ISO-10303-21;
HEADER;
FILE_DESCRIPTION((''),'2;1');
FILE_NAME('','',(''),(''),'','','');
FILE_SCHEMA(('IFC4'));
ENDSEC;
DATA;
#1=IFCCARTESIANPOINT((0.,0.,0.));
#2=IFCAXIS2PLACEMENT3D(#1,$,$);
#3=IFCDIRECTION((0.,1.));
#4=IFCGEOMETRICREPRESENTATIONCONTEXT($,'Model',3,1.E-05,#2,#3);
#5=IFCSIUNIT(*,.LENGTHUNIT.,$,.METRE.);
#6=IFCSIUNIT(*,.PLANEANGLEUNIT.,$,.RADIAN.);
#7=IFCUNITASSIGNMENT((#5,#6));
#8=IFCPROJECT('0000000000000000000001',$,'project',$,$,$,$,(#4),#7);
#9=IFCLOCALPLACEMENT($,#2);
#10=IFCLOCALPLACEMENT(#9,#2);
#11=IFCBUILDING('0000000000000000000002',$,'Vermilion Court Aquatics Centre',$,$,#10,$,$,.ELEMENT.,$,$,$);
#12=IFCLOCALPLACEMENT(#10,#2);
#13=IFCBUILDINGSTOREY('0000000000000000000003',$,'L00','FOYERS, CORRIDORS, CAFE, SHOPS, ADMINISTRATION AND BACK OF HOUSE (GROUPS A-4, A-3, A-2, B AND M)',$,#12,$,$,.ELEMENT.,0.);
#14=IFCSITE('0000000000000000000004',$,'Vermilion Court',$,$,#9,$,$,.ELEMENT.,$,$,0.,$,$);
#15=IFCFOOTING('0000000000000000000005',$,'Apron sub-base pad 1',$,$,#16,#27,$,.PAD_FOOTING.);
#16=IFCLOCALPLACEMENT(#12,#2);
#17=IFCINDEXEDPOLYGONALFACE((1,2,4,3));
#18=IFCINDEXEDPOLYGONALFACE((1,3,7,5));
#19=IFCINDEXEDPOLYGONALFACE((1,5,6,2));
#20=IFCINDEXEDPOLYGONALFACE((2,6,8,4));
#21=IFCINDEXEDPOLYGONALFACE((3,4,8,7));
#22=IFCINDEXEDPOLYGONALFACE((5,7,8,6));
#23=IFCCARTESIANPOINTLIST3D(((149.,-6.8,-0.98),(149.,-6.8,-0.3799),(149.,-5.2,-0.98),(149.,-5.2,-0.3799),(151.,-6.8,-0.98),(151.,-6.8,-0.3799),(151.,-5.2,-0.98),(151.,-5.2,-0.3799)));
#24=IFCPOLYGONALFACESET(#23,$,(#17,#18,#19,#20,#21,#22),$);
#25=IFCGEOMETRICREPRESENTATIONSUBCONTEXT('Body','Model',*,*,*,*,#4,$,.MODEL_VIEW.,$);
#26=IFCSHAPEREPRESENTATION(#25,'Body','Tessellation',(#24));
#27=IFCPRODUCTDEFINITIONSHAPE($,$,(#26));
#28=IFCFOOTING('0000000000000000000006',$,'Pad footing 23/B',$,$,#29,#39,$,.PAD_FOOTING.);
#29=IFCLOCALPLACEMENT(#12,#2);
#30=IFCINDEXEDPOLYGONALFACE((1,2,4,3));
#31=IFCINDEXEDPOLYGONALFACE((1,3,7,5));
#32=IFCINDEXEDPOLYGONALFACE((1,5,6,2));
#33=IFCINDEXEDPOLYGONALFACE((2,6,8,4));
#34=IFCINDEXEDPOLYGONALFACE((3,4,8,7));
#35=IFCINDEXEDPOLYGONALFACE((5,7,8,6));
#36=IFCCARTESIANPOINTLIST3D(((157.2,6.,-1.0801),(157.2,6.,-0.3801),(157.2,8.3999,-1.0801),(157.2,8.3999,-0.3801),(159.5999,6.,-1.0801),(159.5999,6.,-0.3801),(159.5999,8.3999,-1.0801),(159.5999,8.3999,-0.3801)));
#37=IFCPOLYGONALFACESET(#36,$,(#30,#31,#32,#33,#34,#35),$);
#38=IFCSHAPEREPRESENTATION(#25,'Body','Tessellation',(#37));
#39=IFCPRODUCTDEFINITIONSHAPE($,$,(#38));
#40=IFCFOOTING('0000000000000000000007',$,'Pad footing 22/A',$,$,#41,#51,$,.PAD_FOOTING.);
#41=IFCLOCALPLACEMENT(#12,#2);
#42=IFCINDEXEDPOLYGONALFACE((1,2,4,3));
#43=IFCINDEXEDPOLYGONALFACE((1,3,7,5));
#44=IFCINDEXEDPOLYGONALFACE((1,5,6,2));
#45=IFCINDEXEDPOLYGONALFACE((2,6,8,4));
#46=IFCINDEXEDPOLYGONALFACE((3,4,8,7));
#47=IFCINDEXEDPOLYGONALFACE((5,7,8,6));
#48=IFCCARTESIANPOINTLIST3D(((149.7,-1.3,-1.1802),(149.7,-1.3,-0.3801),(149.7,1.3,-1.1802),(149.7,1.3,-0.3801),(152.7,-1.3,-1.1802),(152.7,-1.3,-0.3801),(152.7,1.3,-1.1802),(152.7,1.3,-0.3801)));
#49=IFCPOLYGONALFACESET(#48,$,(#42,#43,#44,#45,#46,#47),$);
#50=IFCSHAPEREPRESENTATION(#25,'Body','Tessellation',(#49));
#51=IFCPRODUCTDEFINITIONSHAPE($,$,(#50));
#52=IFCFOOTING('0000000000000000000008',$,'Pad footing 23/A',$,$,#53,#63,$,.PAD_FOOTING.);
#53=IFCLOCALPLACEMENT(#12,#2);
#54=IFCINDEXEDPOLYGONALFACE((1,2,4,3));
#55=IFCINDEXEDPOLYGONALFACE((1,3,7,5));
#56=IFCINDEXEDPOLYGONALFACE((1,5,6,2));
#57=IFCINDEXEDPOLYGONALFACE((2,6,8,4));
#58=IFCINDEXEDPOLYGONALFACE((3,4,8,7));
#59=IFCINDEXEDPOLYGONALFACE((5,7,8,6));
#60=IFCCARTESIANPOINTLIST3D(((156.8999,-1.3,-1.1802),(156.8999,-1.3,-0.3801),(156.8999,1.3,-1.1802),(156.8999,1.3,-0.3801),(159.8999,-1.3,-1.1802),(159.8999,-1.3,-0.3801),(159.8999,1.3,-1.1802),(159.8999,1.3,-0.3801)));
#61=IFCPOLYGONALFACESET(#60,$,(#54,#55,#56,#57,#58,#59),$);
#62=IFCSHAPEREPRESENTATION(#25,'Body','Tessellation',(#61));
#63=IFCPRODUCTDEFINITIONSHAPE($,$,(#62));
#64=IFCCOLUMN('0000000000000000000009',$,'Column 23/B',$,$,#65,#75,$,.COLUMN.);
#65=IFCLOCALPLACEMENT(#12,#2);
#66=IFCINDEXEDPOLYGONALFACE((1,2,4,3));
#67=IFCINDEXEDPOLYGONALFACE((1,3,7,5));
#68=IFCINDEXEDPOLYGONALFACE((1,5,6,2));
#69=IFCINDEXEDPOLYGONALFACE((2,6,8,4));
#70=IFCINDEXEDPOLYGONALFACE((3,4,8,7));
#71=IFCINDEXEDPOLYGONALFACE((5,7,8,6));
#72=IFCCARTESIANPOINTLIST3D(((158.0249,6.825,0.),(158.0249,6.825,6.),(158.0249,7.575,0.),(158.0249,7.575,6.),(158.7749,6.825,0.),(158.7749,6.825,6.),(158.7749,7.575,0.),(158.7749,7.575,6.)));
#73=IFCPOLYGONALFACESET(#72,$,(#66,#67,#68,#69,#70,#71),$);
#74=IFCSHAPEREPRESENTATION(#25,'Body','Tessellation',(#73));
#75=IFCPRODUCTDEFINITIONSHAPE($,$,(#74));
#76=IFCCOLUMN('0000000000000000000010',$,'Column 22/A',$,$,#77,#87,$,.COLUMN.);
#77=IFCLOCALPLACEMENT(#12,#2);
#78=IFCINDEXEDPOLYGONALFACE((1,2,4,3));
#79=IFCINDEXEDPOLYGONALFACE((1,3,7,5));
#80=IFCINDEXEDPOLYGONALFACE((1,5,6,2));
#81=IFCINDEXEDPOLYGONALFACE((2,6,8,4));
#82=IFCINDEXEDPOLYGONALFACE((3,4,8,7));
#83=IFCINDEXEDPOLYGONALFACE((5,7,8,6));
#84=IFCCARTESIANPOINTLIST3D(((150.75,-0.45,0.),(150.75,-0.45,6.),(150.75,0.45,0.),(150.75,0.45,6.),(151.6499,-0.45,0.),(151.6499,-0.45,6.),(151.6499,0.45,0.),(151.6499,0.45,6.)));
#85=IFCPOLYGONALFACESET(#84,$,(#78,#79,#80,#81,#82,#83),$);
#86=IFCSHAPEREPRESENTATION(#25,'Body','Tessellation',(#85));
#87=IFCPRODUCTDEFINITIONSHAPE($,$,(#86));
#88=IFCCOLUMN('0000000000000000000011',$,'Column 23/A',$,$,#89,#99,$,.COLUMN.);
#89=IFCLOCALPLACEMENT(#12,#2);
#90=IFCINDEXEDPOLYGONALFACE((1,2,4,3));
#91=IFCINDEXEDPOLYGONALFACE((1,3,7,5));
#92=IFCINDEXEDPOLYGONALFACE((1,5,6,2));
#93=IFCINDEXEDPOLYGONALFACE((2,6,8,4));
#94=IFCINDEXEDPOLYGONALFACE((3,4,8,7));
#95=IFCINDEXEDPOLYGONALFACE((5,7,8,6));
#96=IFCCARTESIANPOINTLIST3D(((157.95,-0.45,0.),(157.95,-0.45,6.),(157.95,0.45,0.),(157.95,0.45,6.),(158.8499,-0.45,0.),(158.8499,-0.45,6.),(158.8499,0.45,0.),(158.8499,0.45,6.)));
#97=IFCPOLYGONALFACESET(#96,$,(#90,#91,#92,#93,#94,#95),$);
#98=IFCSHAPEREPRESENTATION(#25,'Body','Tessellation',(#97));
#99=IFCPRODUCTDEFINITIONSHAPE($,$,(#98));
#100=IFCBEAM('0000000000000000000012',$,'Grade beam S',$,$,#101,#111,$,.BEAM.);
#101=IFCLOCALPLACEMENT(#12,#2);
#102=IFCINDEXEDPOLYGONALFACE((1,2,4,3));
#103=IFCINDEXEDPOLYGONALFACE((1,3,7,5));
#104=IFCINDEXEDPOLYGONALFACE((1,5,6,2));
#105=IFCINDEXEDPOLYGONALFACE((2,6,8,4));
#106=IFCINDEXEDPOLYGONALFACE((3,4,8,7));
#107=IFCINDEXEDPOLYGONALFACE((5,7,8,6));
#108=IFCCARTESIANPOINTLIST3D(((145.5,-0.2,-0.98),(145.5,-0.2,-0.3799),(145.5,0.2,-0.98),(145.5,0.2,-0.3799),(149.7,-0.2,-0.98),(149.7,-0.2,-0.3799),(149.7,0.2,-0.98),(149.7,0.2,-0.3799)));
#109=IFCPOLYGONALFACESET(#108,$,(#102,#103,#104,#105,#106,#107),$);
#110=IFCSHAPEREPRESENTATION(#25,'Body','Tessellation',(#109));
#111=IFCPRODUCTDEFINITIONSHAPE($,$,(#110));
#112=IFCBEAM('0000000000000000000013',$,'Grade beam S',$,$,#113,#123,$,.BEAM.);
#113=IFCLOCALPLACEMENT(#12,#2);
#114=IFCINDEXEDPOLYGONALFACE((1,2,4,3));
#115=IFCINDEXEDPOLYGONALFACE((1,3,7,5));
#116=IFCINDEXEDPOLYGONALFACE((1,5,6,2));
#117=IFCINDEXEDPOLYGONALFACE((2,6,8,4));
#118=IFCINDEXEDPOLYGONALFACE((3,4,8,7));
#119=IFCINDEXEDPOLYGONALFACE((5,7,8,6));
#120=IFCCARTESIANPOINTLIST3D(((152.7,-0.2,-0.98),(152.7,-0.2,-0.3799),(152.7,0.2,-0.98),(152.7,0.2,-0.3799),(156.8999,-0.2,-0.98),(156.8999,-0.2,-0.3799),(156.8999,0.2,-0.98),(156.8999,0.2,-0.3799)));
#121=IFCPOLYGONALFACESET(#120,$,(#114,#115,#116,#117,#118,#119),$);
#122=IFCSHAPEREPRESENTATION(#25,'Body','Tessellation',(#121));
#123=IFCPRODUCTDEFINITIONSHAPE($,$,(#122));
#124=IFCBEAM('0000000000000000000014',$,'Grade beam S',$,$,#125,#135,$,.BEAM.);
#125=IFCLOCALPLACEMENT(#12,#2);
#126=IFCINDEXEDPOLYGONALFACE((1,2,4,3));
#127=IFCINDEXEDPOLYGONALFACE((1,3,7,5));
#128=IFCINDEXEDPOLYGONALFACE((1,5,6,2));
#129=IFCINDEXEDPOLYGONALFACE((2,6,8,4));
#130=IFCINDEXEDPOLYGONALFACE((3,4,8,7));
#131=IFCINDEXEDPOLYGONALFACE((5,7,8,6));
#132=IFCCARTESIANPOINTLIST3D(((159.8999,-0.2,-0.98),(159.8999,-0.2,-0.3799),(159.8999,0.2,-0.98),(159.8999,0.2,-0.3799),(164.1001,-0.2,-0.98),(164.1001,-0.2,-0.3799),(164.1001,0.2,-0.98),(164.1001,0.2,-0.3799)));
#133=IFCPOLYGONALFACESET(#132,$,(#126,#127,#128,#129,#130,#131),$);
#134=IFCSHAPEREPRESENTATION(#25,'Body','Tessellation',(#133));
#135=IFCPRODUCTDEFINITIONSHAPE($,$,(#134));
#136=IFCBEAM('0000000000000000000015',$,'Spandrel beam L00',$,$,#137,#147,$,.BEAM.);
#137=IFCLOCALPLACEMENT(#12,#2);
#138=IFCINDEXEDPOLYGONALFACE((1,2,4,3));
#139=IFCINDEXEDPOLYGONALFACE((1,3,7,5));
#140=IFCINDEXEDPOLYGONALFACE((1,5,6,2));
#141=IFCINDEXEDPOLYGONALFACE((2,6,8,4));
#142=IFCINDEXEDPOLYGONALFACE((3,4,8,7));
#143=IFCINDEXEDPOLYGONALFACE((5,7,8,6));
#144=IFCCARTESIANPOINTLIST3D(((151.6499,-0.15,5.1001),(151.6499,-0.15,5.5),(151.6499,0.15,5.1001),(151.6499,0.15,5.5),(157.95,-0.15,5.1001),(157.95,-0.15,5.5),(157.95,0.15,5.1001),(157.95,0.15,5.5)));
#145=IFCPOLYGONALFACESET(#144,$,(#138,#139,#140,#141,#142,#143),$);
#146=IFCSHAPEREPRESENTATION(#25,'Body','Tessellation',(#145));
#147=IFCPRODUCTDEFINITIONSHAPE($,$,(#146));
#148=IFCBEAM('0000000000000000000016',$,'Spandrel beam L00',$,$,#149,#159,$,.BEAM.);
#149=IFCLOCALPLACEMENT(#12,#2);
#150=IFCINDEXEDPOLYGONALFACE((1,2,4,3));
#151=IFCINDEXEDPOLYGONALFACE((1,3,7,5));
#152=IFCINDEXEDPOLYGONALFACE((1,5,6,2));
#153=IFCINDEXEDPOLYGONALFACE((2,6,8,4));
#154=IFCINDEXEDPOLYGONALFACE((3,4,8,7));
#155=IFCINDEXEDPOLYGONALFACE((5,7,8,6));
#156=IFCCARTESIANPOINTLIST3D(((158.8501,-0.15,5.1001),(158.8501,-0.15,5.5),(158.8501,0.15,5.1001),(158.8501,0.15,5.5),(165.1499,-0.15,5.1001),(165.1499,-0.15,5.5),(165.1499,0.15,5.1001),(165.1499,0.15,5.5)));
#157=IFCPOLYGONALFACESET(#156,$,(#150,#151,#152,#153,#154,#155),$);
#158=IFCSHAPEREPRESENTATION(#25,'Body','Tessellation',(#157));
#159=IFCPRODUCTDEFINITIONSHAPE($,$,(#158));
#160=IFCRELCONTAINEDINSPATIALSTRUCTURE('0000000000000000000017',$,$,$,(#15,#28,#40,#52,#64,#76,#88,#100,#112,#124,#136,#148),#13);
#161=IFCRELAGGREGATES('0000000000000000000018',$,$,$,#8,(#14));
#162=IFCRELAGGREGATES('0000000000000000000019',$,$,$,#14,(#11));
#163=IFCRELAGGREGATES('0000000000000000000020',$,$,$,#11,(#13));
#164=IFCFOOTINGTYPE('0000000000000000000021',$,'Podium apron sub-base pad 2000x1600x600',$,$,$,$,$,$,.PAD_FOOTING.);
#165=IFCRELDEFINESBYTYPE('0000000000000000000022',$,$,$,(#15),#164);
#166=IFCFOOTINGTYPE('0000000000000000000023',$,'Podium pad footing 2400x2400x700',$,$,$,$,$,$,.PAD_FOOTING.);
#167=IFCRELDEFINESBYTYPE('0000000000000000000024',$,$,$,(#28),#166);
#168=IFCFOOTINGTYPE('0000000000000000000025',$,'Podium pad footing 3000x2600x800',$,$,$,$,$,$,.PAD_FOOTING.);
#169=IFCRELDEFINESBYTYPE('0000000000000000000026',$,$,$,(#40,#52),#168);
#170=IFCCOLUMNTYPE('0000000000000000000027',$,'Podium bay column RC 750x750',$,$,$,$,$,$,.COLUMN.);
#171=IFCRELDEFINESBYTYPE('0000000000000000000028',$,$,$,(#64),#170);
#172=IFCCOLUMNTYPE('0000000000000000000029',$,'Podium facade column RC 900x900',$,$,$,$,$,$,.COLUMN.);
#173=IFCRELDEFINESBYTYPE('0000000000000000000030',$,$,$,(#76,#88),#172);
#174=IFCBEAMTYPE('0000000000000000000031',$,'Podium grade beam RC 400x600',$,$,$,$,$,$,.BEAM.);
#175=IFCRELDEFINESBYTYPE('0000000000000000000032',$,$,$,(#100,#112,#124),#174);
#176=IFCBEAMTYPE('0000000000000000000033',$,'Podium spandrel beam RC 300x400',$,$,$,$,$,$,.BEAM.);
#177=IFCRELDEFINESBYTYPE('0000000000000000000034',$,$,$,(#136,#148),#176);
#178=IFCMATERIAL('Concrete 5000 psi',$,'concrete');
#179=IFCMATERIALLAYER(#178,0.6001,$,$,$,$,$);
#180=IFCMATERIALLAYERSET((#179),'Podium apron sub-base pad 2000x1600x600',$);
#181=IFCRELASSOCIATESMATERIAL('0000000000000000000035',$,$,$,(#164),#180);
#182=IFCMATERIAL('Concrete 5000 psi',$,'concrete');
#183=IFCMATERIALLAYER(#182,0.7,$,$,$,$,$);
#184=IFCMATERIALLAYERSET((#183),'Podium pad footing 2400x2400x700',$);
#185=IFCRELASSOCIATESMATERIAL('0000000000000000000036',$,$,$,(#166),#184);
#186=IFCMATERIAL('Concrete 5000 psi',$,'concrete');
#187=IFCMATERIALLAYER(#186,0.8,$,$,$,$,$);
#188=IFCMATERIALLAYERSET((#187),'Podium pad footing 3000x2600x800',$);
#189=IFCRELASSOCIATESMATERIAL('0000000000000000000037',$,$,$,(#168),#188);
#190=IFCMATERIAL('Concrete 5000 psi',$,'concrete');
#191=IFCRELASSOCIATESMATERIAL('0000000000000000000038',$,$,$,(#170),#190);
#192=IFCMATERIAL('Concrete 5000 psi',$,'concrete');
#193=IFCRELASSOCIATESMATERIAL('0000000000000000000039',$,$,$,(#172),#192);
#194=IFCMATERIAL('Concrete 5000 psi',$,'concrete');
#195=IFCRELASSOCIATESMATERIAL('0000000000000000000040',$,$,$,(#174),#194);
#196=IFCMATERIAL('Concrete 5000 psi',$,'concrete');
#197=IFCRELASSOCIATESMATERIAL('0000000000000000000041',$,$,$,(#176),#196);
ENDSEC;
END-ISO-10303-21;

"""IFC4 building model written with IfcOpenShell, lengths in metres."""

from ifc_helpers import new_model, si_unit, direction, frame, origin, origin_2d, place, context, subcontext, project, spatial, rectangle, extrude, material, layer, layer_set, material_profile, profile_set, type_object, element, save


model = new_model("IFC4")

# Units and contexts
model_context = context("Model", 3, precision=1e-05, world=origin(), true_north=direction((0.0, 1.0)))
body_context = subcontext(model_context, "Body", "Model", "MODEL_VIEW")
ifc_project = project(units=[si_unit("LENGTHUNIT", "METRE"), si_unit("PLANEANGLEUNIT", "RADIAN")], contexts=[model_context])

# Site, building, storey
site_placement = place(None, origin())
site = spatial("IfcSite", under=ifc_project, at=site_placement, Name="Vermilion Court", CompositionType="ELEMENT", RefElevation=0.0)
building_placement = place(site_placement, origin())
building = spatial("IfcBuilding", under=site, at=building_placement, Name="Vermilion Court Aquatics Centre", CompositionType="ELEMENT")
storey_placement = place(building_placement, origin())
storey = spatial("IfcBuildingStorey", under=building, at=storey_placement, Name="L00", Description="FOYERS, CORRIDORS, CAFE, SHOPS, ADMINISTRATION AND BACK OF HOUSE (GROUPS A-4, A-3, A-2, B AND M)", CompositionType="ELEMENT", Elevation=0.0)

# Footings
ifc_material_1 = material(Name="Concrete 5000 psi", Category="concrete")
ifc_layer_1 = layer(ifc_material_1, 0.6001)
ifc_layer_set_1 = layer_set([ifc_layer_1], Name="Podium apron sub-base pad 2000x1600x600")
footing_type_1 = type_object("IfcFootingType", Name="Podium apron sub-base pad 2000x1600x600", PredefinedType="PAD_FOOTING", material=ifc_layer_set_1)
footing_1_placement = place(storey_placement, frame((150.0, -6.0, -0.98), z_axis=(0.0, 0.0, 1.0), x_axis=(1.0, 0.0, 0.0)))
element("IfcFooting", 1, at=footing_1_placement, inside=storey, type_object=footing_type_1, Name="Apron sub-base pad 1", PredefinedType="PAD_FOOTING", context=body_context, shape_type="SweptSolid", body=[
    extrude(rectangle(XDim=2.0, YDim=1.6001, at=origin_2d()), origin(), (0.0, 0.0, 1.0), 0.6001),
])
ifc_material_2 = material(Name="Concrete 5000 psi", Category="concrete")
ifc_layer_2 = layer(ifc_material_2, 0.7)
ifc_layer_set_2 = layer_set([ifc_layer_2], Name="Podium pad footing 2400x2400x700")
footing_type_2 = type_object("IfcFootingType", Name="Podium pad footing 2400x2400x700", PredefinedType="PAD_FOOTING", material=ifc_layer_set_2)
footing_2_placement = place(storey_placement, frame((158.3999, 7.2, -1.0801), z_axis=(0.0, 0.0, 1.0), x_axis=(1.0, 0.0, 0.0)))
element("IfcFooting", 2, at=footing_2_placement, inside=storey, type_object=footing_type_2, Name="Pad footing 23/B", PredefinedType="PAD_FOOTING", context=body_context, shape_type="SweptSolid", body=[
    extrude(rectangle(XDim=2.3999, YDim=2.3999, at=origin_2d()), origin(), (0.0, 0.0, 1.0), 0.7),
])
ifc_material_3 = material(Name="Concrete 5000 psi", Category="concrete")
ifc_layer_3 = layer(ifc_material_3, 0.8)
ifc_layer_set_3 = layer_set([ifc_layer_3], Name="Podium pad footing 3000x2600x800")
footing_type_3 = type_object("IfcFootingType", Name="Podium pad footing 3000x2600x800", PredefinedType="PAD_FOOTING", material=ifc_layer_set_3)
for number, where, z_axis, x_axis, name in (
    (3, (151.2, 0.0, -1.1802), (0.0, 0.0, 1.0), (1.0, 0.0, 0.0), "Pad footing 22/A"),
    (4, (158.3999, 0.0, -1.1802), (0.0, 0.0, 1.0), (1.0, 0.0, 0.0), "Pad footing 23/A"),
):
    element("IfcFooting", number, at=place(storey_placement, frame(where, z_axis=z_axis, x_axis=x_axis)), inside=storey, type_object=footing_type_3, Name=name, PredefinedType="PAD_FOOTING", context=body_context, shape_type="SweptSolid", body=[
        extrude(rectangle(XDim=3.0, YDim=2.6001, at=origin_2d()), origin(), (0.0, 0.0, 1.0), 0.8),
    ])

# Columns
ifc_material_4 = material(Name="Concrete 5000 psi", Category="concrete")
ifc_material_profile_1 = material_profile(ifc_material_4, rectangle(XDim=0.75, YDim=0.75, at=origin_2d()), Name="RC 750x750")
ifc_profile_set_1 = profile_set([ifc_material_profile_1], Name="Concrete 5000 psi")
column_type_1 = type_object("IfcColumnType", Name="Podium bay column RC 750x750", PredefinedType="COLUMN", material=ifc_profile_set_1)
column_placement = place(storey_placement, frame((158.3999, 7.2, 0.0), z_axis=(0.0, 0.0, 1.0), x_axis=(1.0, 0.0, 0.0)))
element("IfcColumn", 5, at=column_placement, inside=storey, type_object=column_type_1, Name="Column 23/B", PredefinedType="COLUMN", context=body_context, shape_type="SweptSolid", body=[
    extrude(rectangle(XDim=0.75, YDim=0.75, at=origin_2d()), origin(), (0.0, 0.0, 1.0), 6.0),
])
ifc_material_5 = material(Name="Concrete 5000 psi", Category="concrete")
ifc_material_profile_2 = material_profile(ifc_material_5, rectangle(XDim=0.8999, YDim=0.8999, at=origin_2d()), Name="RC 900x900")
ifc_profile_set_2 = profile_set([ifc_material_profile_2], Name="Concrete 5000 psi")
column_type_2 = type_object("IfcColumnType", Name="Podium facade column RC 900x900", PredefinedType="COLUMN", material=ifc_profile_set_2)
for number, where, z_axis, x_axis, name in (
    (6, (151.2, 0.0, 0.0), (0.0, 0.0, 1.0), (1.0, 0.0, 0.0), "Column 22/A"),
    (7, (158.3999, 0.0, 0.0), (0.0, 0.0, 1.0), (1.0, 0.0, 0.0), "Column 23/A"),
):
    element("IfcColumn", number, at=place(storey_placement, frame(where, z_axis=z_axis, x_axis=x_axis)), inside=storey, type_object=column_type_2, Name=name, PredefinedType="COLUMN", context=body_context, shape_type="SweptSolid", body=[
        extrude(rectangle(XDim=0.8999, YDim=0.8999, at=origin_2d()), origin(), (0.0, 0.0, 1.0), 6.0),
    ])

# Beams
ifc_material_6 = material(Name="Concrete 5000 psi", Category="concrete")
ifc_material_profile_3 = material_profile(ifc_material_6, rectangle(XDim=0.3999, YDim=0.6001, at=origin_2d()), Name="RC 400x600")
ifc_profile_set_3 = profile_set([ifc_material_profile_3], Name="Concrete 5000 psi")
beam_type_1 = type_object("IfcBeamType", Name="Podium grade beam RC 400x600", PredefinedType="BEAM", material=ifc_profile_set_3)
for number, where, z_axis, x_axis, name in (
    (8, (145.5, 0.0, -0.6799), (1.0, 0.0, 0.0), (0.0, 1.0, 0.0), "Grade beam S"),
    (9, (152.7, 0.0, -0.6799), (1.0, 0.0, 0.0), (0.0, 1.0, 0.0), "Grade beam S"),
):
    element("IfcBeam", number, at=place(storey_placement, frame(where, z_axis=z_axis, x_axis=x_axis)), inside=storey, type_object=beam_type_1, Name=name, PredefinedType="BEAM", context=body_context, shape_type="SweptSolid", body=[
        extrude(rectangle(XDim=0.3999, YDim=0.6001, at=origin_2d()), origin(), (0.0, 0.0, 1.0), 4.2),
    ])
beam_1_placement = place(storey_placement, frame((159.8999, 0.0, -0.6799), z_axis=(1.0, 0.0, 0.0), x_axis=(0.0, 1.0, 0.0)))
element("IfcBeam", 10, at=beam_1_placement, inside=storey, type_object=beam_type_1, Name="Grade beam S", PredefinedType="BEAM", context=body_context, shape_type="SweptSolid", body=[
    extrude(rectangle(XDim=0.3999, YDim=0.6001, at=origin_2d()), origin(), (0.0, 0.0, 1.0), 4.2002),
])
ifc_material_7 = material(Name="Concrete 5000 psi", Category="concrete")
ifc_material_profile_4 = material_profile(ifc_material_7, rectangle(XDim=0.3, YDim=0.3999, at=origin_2d()), Name="RC 300x400")
ifc_profile_set_4 = profile_set([ifc_material_profile_4], Name="Concrete 5000 psi")
beam_type_2 = type_object("IfcBeamType", Name="Podium spandrel beam RC 300x400", PredefinedType="BEAM", material=ifc_profile_set_4)
beam_2_placement = place(storey_placement, frame((151.6499, 0.0, 5.3), z_axis=(1.0, 0.0, 0.0), x_axis=(0.0, 1.0, 0.0)))
element("IfcBeam", 11, at=beam_2_placement, inside=storey, type_object=beam_type_2, Name="Spandrel beam L00", PredefinedType="BEAM", context=body_context, shape_type="SweptSolid", body=[
    extrude(rectangle(XDim=0.3, YDim=0.3999, at=origin_2d()), origin(), (0.0, 0.0, 1.0), 6.3),
])
beam_3_placement = place(storey_placement, frame((158.8501, 0.0, 5.3), z_axis=(1.0, 0.0, 0.0), x_axis=(0.0, 1.0, 0.0)))
element("IfcBeam", 12, at=beam_3_placement, inside=storey, type_object=beam_type_2, Name="Spandrel beam L00", PredefinedType="BEAM", context=body_context, shape_type="SweptSolid", body=[
    extrude(rectangle(XDim=0.3, YDim=0.3999, at=origin_2d()), origin(), (0.0, 0.0, 1.0), 6.2998),
])

save(model, "model.ifc")
